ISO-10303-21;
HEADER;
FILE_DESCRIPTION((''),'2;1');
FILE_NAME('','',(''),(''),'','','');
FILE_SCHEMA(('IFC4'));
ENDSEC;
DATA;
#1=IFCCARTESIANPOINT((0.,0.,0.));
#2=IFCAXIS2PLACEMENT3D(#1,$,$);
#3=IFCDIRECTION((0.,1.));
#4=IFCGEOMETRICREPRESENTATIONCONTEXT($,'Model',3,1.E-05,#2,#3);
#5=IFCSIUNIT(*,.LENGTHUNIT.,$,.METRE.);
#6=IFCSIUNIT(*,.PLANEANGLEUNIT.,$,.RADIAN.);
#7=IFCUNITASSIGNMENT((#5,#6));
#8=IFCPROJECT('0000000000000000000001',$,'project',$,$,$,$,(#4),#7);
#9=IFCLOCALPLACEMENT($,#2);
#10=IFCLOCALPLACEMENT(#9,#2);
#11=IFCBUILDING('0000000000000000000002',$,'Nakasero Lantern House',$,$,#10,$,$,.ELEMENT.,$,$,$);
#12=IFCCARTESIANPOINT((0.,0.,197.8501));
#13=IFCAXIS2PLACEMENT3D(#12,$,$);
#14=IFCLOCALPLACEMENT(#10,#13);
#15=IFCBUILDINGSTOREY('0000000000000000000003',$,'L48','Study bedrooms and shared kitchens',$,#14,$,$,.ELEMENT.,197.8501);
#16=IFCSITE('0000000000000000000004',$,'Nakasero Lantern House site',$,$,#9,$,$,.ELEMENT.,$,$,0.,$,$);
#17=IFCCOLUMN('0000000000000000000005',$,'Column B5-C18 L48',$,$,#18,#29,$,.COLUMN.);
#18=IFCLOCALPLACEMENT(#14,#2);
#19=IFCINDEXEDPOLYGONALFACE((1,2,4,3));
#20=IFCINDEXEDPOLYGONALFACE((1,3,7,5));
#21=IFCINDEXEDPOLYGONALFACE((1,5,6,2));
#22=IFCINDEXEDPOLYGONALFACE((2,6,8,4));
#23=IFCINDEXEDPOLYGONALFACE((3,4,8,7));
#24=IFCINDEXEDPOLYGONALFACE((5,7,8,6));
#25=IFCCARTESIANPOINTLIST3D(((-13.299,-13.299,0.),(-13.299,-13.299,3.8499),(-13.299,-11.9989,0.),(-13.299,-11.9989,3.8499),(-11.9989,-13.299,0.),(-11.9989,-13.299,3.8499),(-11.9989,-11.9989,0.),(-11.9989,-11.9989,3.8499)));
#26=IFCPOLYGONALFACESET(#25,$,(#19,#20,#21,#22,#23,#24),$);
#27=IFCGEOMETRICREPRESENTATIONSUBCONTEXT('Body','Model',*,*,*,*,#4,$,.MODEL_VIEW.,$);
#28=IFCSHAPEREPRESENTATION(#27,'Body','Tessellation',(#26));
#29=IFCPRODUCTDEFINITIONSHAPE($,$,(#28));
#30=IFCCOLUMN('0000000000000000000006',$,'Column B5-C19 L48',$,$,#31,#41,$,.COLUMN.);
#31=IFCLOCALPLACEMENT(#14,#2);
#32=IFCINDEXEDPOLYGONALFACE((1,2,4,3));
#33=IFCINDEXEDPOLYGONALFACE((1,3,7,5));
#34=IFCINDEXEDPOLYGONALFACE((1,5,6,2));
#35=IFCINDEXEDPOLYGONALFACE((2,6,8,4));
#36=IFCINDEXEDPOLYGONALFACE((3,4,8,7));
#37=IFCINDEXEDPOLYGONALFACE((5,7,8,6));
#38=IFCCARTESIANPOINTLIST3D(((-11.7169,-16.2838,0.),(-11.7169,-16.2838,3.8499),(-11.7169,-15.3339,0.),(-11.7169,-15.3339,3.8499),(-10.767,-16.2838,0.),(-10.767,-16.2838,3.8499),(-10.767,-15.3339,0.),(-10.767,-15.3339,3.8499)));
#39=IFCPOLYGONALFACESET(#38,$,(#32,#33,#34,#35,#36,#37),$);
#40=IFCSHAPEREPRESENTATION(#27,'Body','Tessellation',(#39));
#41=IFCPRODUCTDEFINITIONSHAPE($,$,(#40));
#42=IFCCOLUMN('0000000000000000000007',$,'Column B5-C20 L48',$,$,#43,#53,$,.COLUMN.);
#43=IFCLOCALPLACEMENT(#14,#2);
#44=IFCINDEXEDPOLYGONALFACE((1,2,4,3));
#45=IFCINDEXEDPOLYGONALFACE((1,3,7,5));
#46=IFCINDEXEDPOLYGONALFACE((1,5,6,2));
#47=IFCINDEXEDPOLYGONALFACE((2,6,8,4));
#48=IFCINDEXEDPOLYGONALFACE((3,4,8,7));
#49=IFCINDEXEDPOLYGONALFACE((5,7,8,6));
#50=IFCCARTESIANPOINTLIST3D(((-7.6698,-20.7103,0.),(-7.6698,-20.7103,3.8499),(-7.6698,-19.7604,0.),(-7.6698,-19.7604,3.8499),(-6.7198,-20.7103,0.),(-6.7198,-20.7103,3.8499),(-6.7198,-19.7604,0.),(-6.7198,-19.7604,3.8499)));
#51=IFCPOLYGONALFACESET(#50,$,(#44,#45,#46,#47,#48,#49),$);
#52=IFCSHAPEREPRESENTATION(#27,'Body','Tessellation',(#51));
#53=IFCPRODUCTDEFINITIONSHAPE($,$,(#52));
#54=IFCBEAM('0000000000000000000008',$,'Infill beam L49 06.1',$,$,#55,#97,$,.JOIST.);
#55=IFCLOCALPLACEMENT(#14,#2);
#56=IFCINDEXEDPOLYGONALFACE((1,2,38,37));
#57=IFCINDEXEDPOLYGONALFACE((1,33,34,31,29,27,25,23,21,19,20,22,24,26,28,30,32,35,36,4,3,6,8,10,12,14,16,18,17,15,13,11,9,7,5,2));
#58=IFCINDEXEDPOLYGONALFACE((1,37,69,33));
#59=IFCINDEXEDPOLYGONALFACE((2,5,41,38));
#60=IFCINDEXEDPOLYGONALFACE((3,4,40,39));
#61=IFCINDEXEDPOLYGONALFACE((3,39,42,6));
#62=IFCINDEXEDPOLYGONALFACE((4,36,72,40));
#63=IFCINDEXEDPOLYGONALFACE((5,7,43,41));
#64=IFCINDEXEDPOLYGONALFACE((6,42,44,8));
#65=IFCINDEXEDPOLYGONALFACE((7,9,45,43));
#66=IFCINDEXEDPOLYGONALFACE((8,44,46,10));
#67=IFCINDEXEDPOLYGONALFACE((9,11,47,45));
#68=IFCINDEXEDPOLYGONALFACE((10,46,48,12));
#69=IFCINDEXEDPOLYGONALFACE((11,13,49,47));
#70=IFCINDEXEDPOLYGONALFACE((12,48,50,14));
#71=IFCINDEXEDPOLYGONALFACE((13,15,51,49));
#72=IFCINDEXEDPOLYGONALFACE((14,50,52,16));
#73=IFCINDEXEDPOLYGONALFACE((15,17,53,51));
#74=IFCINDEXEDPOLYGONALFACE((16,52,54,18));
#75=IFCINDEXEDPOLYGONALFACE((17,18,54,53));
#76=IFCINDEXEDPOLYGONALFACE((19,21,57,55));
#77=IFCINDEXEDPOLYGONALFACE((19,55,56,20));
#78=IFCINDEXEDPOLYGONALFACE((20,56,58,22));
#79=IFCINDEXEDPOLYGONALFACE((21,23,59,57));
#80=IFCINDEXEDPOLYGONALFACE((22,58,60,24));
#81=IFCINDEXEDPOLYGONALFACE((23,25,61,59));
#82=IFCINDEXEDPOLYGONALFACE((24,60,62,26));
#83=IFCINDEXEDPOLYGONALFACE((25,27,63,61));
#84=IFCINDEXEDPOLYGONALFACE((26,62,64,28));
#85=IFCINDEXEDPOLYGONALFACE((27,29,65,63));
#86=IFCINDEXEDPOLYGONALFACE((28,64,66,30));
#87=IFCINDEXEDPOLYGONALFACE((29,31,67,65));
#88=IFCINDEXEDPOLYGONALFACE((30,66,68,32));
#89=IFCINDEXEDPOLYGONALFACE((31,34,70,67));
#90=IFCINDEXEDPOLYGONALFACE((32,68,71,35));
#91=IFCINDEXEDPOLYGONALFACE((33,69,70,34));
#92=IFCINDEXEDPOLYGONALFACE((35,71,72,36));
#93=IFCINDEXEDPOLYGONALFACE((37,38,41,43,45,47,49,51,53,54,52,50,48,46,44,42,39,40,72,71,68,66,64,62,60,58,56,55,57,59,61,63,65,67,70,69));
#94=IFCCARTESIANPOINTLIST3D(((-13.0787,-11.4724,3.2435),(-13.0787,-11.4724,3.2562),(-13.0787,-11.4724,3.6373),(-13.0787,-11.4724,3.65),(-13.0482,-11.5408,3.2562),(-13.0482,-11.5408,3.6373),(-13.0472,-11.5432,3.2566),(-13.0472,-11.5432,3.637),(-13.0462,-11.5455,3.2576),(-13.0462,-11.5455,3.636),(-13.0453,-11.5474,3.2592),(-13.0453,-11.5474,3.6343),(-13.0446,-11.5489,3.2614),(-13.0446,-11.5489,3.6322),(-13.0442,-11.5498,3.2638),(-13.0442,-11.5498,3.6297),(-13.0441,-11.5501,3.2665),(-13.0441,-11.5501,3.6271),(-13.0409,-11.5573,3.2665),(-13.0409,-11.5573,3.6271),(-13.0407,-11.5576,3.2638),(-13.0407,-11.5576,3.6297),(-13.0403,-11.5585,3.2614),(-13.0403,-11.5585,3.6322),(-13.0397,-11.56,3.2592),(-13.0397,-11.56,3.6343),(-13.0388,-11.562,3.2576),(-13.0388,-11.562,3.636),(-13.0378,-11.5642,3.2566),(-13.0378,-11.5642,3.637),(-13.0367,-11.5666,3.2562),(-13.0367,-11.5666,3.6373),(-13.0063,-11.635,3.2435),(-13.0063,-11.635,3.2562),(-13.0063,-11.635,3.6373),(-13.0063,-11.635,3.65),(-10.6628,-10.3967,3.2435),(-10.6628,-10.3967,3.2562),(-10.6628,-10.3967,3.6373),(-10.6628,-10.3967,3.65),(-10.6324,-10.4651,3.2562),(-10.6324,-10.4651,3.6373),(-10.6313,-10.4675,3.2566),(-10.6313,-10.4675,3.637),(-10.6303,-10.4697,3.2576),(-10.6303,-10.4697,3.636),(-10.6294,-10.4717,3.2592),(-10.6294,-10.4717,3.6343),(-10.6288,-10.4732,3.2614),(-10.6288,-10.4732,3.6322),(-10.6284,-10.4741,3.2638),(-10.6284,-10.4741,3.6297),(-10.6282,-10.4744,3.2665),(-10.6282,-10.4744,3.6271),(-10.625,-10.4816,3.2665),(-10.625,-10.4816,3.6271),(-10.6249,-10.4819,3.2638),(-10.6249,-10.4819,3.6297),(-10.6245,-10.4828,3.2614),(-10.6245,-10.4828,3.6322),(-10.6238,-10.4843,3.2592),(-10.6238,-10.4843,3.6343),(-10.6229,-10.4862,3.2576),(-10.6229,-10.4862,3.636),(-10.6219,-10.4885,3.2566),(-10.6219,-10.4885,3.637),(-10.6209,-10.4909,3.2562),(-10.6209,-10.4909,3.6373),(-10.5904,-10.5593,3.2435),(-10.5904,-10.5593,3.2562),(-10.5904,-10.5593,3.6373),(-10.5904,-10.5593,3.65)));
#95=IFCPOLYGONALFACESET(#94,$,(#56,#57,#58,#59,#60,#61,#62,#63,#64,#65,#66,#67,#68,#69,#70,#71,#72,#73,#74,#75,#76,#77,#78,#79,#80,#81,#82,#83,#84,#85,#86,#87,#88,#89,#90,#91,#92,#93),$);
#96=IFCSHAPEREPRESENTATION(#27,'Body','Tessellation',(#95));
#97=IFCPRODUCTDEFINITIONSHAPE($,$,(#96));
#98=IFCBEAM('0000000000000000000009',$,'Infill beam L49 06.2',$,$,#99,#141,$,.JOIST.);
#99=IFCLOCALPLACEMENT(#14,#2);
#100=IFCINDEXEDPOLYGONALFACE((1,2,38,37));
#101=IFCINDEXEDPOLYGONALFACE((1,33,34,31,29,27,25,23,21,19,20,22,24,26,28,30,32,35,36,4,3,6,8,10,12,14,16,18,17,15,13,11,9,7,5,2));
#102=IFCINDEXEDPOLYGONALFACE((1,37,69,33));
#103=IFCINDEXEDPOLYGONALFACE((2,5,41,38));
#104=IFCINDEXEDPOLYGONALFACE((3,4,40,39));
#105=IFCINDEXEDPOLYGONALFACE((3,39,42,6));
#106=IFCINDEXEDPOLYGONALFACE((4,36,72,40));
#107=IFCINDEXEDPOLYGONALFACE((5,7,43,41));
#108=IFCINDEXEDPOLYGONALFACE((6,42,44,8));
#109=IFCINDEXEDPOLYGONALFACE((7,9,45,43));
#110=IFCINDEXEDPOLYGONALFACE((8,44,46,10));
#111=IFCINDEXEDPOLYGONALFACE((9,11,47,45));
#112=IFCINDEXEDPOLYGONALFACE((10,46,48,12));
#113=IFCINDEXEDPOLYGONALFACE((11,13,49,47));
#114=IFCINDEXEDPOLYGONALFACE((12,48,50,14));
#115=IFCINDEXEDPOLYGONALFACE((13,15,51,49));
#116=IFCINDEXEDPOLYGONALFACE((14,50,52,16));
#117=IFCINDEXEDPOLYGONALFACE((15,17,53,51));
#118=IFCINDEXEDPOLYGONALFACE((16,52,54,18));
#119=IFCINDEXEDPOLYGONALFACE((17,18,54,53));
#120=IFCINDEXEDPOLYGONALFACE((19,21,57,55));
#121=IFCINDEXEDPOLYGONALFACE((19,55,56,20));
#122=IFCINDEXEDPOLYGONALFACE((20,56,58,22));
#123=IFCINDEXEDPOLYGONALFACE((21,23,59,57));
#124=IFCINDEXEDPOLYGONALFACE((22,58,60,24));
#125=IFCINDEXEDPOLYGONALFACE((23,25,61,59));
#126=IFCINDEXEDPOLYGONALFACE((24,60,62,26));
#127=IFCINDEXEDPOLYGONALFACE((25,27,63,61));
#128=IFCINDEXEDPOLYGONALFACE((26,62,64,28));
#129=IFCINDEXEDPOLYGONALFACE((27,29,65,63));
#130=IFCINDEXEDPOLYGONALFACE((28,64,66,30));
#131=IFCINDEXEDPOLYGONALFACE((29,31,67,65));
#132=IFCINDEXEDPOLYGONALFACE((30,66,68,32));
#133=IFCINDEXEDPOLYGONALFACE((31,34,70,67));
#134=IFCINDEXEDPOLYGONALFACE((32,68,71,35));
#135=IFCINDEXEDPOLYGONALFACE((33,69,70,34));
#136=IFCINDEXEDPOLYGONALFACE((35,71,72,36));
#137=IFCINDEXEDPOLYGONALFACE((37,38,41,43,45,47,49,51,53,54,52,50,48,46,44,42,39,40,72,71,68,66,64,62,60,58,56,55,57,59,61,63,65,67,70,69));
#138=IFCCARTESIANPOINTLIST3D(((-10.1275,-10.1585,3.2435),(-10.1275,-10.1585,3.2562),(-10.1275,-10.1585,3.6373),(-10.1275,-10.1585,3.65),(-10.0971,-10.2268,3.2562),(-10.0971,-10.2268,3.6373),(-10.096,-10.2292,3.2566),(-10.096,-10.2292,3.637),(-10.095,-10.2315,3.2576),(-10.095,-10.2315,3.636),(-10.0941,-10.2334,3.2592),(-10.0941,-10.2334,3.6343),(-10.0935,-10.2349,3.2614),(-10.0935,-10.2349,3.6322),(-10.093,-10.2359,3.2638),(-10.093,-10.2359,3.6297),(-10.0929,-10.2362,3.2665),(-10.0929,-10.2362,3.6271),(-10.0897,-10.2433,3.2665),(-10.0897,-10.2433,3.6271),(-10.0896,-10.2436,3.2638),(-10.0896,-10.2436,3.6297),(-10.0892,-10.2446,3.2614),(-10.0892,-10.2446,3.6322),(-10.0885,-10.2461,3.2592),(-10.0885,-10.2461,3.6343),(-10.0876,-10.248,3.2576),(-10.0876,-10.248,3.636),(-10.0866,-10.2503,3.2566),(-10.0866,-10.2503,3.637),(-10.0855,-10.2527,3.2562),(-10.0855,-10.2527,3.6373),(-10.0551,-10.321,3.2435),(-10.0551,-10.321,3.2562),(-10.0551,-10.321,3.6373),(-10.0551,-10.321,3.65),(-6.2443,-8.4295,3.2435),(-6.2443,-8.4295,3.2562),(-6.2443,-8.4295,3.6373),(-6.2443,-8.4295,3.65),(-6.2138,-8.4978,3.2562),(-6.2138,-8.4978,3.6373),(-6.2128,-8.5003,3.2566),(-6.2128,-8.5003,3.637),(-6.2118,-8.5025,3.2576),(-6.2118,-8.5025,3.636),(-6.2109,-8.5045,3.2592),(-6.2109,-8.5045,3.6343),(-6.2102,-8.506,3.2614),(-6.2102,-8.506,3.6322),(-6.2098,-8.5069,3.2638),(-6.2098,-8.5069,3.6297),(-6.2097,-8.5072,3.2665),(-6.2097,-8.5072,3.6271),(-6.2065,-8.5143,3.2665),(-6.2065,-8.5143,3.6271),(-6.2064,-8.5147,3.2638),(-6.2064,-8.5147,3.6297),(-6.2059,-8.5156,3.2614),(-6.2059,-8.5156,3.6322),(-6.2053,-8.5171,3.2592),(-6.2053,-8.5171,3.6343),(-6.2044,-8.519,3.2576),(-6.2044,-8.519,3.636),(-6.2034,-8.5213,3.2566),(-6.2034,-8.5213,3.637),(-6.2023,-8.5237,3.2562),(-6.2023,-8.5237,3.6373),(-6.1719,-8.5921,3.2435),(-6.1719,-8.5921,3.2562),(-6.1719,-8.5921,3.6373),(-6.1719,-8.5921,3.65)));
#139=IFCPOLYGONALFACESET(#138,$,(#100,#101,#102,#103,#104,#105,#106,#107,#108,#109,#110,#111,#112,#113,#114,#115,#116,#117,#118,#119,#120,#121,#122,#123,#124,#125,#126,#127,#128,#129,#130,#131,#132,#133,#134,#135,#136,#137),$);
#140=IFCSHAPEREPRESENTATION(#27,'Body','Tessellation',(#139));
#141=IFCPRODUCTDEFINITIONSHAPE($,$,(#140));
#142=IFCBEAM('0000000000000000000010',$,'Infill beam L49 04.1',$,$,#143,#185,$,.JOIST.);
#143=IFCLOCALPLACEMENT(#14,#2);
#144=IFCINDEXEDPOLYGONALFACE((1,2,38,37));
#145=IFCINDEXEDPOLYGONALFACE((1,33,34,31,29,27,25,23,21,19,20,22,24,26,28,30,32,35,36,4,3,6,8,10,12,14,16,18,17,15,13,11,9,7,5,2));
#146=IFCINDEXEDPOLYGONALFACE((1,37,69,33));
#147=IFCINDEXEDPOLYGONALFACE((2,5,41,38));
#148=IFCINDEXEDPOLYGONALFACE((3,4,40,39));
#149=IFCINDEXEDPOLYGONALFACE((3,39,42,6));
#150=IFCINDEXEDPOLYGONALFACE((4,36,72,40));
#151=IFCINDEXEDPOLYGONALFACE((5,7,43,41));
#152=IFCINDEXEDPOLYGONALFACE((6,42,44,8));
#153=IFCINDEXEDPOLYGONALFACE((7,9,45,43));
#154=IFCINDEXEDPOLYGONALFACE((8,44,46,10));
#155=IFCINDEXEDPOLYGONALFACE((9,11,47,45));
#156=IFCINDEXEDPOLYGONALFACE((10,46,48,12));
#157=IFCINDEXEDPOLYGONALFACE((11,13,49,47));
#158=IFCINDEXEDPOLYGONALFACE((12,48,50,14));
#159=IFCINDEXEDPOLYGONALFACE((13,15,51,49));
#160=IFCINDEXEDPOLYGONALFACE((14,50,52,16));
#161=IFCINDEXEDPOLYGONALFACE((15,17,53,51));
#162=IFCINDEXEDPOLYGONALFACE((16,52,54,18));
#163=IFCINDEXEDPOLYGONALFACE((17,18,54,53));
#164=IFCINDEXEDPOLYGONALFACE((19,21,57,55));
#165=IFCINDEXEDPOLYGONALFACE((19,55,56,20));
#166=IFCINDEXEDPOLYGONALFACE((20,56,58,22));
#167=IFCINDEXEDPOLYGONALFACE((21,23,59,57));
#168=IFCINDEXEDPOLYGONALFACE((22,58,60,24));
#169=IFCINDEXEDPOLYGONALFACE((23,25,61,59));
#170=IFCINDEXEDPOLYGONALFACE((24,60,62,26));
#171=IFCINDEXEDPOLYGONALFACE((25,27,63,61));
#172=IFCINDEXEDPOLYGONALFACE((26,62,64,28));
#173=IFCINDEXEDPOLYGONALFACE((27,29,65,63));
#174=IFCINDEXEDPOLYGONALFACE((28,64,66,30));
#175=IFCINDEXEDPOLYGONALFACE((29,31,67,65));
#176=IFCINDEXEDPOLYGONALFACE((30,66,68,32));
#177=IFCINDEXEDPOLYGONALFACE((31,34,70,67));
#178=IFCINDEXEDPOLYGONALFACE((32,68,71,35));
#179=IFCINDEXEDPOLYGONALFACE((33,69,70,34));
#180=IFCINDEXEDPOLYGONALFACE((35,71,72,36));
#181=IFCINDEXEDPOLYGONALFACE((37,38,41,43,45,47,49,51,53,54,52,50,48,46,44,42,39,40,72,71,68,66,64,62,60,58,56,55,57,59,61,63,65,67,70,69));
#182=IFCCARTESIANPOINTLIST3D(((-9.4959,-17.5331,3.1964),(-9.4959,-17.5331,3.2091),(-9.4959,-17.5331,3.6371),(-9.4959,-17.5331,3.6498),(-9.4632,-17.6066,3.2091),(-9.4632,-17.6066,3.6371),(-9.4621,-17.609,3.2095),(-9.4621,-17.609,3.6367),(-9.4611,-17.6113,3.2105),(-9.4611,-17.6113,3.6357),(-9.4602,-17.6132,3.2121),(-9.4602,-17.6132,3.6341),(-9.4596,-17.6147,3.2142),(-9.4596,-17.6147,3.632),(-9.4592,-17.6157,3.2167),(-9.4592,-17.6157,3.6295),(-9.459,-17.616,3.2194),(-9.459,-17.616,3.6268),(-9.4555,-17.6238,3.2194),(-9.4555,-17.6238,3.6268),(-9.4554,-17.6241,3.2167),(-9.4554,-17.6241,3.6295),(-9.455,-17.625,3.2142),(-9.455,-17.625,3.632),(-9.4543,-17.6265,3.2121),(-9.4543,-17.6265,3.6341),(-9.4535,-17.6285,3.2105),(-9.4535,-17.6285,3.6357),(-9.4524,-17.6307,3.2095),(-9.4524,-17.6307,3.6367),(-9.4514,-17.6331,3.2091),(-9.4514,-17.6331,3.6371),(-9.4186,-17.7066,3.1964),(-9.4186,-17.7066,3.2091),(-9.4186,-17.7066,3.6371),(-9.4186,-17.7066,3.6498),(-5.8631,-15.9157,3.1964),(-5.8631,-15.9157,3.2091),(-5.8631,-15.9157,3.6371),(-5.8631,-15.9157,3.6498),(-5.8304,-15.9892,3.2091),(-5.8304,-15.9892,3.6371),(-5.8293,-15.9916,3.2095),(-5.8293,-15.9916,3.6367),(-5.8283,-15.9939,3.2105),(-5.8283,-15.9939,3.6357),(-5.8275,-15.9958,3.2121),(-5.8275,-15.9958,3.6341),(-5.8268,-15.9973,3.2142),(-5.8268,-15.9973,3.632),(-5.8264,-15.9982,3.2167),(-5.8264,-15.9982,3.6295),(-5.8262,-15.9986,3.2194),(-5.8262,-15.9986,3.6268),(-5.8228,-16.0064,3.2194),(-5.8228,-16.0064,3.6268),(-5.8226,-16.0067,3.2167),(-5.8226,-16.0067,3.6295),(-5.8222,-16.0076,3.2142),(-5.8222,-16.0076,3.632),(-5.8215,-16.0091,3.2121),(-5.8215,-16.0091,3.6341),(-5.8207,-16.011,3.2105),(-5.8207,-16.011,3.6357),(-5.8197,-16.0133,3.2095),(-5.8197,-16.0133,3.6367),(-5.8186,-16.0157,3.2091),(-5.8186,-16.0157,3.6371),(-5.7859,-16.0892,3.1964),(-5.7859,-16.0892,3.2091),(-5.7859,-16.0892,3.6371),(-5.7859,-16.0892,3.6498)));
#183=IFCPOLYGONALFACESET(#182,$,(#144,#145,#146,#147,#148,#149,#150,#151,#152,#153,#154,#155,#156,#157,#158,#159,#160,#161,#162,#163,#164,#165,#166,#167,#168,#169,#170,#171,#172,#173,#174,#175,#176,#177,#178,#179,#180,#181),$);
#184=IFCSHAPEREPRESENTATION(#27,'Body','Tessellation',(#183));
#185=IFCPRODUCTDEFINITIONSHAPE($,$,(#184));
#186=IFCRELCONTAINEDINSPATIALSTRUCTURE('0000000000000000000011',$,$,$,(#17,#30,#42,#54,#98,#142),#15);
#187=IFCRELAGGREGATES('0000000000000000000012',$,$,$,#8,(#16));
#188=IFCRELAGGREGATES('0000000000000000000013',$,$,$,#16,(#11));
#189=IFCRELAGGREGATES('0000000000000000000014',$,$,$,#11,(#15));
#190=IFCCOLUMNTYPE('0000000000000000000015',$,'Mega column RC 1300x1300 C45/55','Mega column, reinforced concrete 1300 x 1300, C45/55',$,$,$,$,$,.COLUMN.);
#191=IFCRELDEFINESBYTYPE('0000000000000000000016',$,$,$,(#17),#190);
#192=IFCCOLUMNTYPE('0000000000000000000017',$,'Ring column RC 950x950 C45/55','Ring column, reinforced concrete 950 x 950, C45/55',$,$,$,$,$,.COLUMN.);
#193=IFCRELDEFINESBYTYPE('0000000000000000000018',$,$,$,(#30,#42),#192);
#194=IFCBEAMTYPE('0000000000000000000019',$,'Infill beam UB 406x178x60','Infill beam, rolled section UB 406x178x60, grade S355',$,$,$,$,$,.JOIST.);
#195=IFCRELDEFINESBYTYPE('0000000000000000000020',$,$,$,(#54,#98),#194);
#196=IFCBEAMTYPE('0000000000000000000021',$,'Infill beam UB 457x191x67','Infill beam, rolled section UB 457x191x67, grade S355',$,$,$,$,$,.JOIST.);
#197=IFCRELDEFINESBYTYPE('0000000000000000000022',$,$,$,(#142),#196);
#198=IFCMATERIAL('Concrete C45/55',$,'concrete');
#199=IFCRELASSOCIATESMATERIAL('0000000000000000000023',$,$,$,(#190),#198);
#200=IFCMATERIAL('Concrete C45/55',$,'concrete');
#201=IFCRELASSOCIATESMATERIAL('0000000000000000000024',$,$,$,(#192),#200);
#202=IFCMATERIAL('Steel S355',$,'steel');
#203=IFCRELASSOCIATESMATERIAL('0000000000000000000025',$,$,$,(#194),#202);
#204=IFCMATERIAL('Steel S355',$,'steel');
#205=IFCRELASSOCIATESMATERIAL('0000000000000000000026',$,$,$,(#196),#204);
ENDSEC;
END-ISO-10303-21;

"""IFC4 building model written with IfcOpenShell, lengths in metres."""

from ifc_helpers import new_model, si_unit, direction, frame, origin, origin_2d, place, context, subcontext, project, spatial, rectangle, i_section, extrude, material, material_profile, profile_set, type_object, element, save


model = new_model("IFC4")

# Units and contexts
model_context = context("Model", 3, precision=1e-05, world=origin(), true_north=direction((0.0, 1.0)))
body_context = subcontext(model_context, "Body", "Model", "MODEL_VIEW")
ifc_project = project(units=[si_unit("LENGTHUNIT", "METRE"), si_unit("PLANEANGLEUNIT", "RADIAN")], contexts=[model_context])

# Site, building, storey
site_placement = place(None, origin())
site = spatial("IfcSite", under=ifc_project, at=site_placement, Name="Nakasero Lantern House site", CompositionType="ELEMENT", RefElevation=0.0)
building_placement = place(site_placement, origin())
building = spatial("IfcBuilding", under=site, at=building_placement, Name="Nakasero Lantern House", CompositionType="ELEMENT")
storey_placement = place(building_placement, frame((0.0, 0.0, 197.8501)))
storey = spatial("IfcBuildingStorey", under=building, at=storey_placement, Name="L48", Description="Study bedrooms and shared kitchens", CompositionType="ELEMENT", Elevation=197.8501)

# Columns
ifc_material_1 = material(Name="Concrete C45/55", Category="concrete")
ifc_material_profile_1 = material_profile(ifc_material_1, rectangle(XDim=1.3, YDim=1.3, at=origin_2d()), Name="RC 1300x1300")
ifc_profile_set_1 = profile_set([ifc_material_profile_1], Name="Concrete C45/55")
column_type_1 = type_object("IfcColumnType", Name="Mega column RC 1300x1300 C45/55", Description="Mega column, reinforced concrete 1300 x 1300, C45/55", PredefinedType="COLUMN", material=ifc_profile_set_1)
column_placement = place(storey_placement, frame((-12.6489, -12.6489, 0.0), z_axis=(0.0, 0.0, 1.0), x_axis=(1.0, 0.0, 0.0)))
element("IfcColumn", 1, at=column_placement, inside=storey, type_object=column_type_1, Name="Column B5-C18 L48", PredefinedType="COLUMN", context=body_context, shape_type="SweptSolid", body=[
    extrude(rectangle(XDim=1.3, YDim=1.3, at=origin_2d()), origin(), (0.0, 0.0, 1.0), 3.8499),
])
ifc_material_2 = material(Name="Concrete C45/55", Category="concrete")
ifc_material_profile_2 = material_profile(ifc_material_2, rectangle(XDim=0.95, YDim=0.95, at=origin_2d()), Name="RC 950x950")
ifc_profile_set_2 = profile_set([ifc_material_profile_2], Name="Concrete C45/55")
column_type_2 = type_object("IfcColumnType", Name="Ring column RC 950x950 C45/55", Description="Ring column, reinforced concrete 950 x 950, C45/55", PredefinedType="COLUMN", material=ifc_profile_set_2)
for number, where, z_axis, x_axis, name in (
    (2, (-11.2419, -15.8088, 0.0), (0.0, 0.0, 1.0), (1.0, 0.0, 0.0), "Column B5-C19 L48"),
    (3, (-7.1948, -20.2354, 0.0), (0.0, 0.0, 1.0), (1.0, 0.0, 0.0), "Column B5-C20 L48"),
):
    element("IfcColumn", number, at=place(storey_placement, frame(where, z_axis=z_axis, x_axis=x_axis)), inside=storey, type_object=column_type_2, Name=name, PredefinedType="COLUMN", context=body_context, shape_type="SweptSolid", body=[
        extrude(rectangle(XDim=0.95, YDim=0.95, at=origin_2d()), origin(), (0.0, 0.0, 1.0), 3.8499),
    ])

# Beams
ifc_material_3 = material(Name="Steel S355", Category="steel")
ifc_material_profile_3 = material_profile(ifc_material_3, i_section(OverallWidth=0.178, OverallDepth=0.4065, WebThickness=0.0078, FlangeThickness=0.0127, FilletRadius=0.0103, at=origin_2d()), Name="UB 406x178x60")
ifc_profile_set_3 = profile_set([ifc_material_profile_3], Name="Steel S355")
beam_type_1 = type_object("IfcBeamType", Name="Infill beam UB 406x178x60", Description="Infill beam, rolled section UB 406x178x60, grade S355", PredefinedType="JOIST", material=ifc_profile_set_3)
beam_1_placement = place(storey_placement, frame((-13.0425, -11.5537, 3.4468), z_axis=(0.91353, 0.406772, 0.0), x_axis=(-0.406772, 0.91353, 0.0)))
element("IfcBeam", 4, at=beam_1_placement, inside=storey, type_object=beam_type_1, Name="Infill beam L49 06.1", PredefinedType="JOIST", context=body_context, shape_type="SweptSolid", body=[
    extrude(i_section(OverallWidth=0.178, OverallDepth=0.4065, WebThickness=0.0078, FlangeThickness=0.0127, FilletRadius=0.0103, at=origin_2d()), origin(), (0.0, 0.0, 1.0), 2.6445),
])
beam_2_placement = place(storey_placement, frame((-10.0913, -10.2397, 3.4468), z_axis=(0.913541, 0.406746, 0.0), x_axis=(-0.406746, 0.913541, 0.0)))
element("IfcBeam", 5, at=beam_2_placement, inside=storey, type_object=beam_type_1, Name="Infill beam L49 06.2", PredefinedType="JOIST", context=body_context, shape_type="SweptSolid", body=[
    extrude(i_section(OverallWidth=0.178, OverallDepth=0.4065, WebThickness=0.0078, FlangeThickness=0.0127, FilletRadius=0.0103, at=origin_2d()), origin(), (0.0, 0.0, 1.0), 4.2507),
])
ifc_material_4 = material(Name="Steel S355", Category="steel")
ifc_material_profile_4 = material_profile(ifc_material_4, i_section(OverallWidth=0.1899, OverallDepth=0.4534, WebThickness=0.0085, FlangeThickness=0.0127, FilletRadius=0.0103, at=origin_2d()), Name="UB 457x191x67")
ifc_profile_set_4 = profile_set([ifc_material_profile_4], Name="Steel S355")
beam_type_2 = type_object("IfcBeamType", Name="Infill beam UB 457x191x67", Description="Infill beam, rolled section UB 457x191x67, grade S355", PredefinedType="JOIST", material=ifc_profile_set_4)
beam_3_placement = place(storey_placement, frame((-9.4573, -17.6199, 3.4231), z_axis=(0.913546, 0.406736, 0.0), x_axis=(-0.406736, 0.913546, 0.0)))
element("IfcBeam", 6, at=beam_3_placement, inside=storey, type_object=beam_type_2, Name="Infill beam L49 04.1", PredefinedType="JOIST", context=body_context, shape_type="SweptSolid", body=[
    extrude(i_section(OverallWidth=0.1899, OverallDepth=0.4534, WebThickness=0.0085, FlangeThickness=0.0127, FilletRadius=0.0103, at=origin_2d()), origin(), (0.0, 0.0, 1.0), 3.9766),
])

save(model, "model.ifc")
